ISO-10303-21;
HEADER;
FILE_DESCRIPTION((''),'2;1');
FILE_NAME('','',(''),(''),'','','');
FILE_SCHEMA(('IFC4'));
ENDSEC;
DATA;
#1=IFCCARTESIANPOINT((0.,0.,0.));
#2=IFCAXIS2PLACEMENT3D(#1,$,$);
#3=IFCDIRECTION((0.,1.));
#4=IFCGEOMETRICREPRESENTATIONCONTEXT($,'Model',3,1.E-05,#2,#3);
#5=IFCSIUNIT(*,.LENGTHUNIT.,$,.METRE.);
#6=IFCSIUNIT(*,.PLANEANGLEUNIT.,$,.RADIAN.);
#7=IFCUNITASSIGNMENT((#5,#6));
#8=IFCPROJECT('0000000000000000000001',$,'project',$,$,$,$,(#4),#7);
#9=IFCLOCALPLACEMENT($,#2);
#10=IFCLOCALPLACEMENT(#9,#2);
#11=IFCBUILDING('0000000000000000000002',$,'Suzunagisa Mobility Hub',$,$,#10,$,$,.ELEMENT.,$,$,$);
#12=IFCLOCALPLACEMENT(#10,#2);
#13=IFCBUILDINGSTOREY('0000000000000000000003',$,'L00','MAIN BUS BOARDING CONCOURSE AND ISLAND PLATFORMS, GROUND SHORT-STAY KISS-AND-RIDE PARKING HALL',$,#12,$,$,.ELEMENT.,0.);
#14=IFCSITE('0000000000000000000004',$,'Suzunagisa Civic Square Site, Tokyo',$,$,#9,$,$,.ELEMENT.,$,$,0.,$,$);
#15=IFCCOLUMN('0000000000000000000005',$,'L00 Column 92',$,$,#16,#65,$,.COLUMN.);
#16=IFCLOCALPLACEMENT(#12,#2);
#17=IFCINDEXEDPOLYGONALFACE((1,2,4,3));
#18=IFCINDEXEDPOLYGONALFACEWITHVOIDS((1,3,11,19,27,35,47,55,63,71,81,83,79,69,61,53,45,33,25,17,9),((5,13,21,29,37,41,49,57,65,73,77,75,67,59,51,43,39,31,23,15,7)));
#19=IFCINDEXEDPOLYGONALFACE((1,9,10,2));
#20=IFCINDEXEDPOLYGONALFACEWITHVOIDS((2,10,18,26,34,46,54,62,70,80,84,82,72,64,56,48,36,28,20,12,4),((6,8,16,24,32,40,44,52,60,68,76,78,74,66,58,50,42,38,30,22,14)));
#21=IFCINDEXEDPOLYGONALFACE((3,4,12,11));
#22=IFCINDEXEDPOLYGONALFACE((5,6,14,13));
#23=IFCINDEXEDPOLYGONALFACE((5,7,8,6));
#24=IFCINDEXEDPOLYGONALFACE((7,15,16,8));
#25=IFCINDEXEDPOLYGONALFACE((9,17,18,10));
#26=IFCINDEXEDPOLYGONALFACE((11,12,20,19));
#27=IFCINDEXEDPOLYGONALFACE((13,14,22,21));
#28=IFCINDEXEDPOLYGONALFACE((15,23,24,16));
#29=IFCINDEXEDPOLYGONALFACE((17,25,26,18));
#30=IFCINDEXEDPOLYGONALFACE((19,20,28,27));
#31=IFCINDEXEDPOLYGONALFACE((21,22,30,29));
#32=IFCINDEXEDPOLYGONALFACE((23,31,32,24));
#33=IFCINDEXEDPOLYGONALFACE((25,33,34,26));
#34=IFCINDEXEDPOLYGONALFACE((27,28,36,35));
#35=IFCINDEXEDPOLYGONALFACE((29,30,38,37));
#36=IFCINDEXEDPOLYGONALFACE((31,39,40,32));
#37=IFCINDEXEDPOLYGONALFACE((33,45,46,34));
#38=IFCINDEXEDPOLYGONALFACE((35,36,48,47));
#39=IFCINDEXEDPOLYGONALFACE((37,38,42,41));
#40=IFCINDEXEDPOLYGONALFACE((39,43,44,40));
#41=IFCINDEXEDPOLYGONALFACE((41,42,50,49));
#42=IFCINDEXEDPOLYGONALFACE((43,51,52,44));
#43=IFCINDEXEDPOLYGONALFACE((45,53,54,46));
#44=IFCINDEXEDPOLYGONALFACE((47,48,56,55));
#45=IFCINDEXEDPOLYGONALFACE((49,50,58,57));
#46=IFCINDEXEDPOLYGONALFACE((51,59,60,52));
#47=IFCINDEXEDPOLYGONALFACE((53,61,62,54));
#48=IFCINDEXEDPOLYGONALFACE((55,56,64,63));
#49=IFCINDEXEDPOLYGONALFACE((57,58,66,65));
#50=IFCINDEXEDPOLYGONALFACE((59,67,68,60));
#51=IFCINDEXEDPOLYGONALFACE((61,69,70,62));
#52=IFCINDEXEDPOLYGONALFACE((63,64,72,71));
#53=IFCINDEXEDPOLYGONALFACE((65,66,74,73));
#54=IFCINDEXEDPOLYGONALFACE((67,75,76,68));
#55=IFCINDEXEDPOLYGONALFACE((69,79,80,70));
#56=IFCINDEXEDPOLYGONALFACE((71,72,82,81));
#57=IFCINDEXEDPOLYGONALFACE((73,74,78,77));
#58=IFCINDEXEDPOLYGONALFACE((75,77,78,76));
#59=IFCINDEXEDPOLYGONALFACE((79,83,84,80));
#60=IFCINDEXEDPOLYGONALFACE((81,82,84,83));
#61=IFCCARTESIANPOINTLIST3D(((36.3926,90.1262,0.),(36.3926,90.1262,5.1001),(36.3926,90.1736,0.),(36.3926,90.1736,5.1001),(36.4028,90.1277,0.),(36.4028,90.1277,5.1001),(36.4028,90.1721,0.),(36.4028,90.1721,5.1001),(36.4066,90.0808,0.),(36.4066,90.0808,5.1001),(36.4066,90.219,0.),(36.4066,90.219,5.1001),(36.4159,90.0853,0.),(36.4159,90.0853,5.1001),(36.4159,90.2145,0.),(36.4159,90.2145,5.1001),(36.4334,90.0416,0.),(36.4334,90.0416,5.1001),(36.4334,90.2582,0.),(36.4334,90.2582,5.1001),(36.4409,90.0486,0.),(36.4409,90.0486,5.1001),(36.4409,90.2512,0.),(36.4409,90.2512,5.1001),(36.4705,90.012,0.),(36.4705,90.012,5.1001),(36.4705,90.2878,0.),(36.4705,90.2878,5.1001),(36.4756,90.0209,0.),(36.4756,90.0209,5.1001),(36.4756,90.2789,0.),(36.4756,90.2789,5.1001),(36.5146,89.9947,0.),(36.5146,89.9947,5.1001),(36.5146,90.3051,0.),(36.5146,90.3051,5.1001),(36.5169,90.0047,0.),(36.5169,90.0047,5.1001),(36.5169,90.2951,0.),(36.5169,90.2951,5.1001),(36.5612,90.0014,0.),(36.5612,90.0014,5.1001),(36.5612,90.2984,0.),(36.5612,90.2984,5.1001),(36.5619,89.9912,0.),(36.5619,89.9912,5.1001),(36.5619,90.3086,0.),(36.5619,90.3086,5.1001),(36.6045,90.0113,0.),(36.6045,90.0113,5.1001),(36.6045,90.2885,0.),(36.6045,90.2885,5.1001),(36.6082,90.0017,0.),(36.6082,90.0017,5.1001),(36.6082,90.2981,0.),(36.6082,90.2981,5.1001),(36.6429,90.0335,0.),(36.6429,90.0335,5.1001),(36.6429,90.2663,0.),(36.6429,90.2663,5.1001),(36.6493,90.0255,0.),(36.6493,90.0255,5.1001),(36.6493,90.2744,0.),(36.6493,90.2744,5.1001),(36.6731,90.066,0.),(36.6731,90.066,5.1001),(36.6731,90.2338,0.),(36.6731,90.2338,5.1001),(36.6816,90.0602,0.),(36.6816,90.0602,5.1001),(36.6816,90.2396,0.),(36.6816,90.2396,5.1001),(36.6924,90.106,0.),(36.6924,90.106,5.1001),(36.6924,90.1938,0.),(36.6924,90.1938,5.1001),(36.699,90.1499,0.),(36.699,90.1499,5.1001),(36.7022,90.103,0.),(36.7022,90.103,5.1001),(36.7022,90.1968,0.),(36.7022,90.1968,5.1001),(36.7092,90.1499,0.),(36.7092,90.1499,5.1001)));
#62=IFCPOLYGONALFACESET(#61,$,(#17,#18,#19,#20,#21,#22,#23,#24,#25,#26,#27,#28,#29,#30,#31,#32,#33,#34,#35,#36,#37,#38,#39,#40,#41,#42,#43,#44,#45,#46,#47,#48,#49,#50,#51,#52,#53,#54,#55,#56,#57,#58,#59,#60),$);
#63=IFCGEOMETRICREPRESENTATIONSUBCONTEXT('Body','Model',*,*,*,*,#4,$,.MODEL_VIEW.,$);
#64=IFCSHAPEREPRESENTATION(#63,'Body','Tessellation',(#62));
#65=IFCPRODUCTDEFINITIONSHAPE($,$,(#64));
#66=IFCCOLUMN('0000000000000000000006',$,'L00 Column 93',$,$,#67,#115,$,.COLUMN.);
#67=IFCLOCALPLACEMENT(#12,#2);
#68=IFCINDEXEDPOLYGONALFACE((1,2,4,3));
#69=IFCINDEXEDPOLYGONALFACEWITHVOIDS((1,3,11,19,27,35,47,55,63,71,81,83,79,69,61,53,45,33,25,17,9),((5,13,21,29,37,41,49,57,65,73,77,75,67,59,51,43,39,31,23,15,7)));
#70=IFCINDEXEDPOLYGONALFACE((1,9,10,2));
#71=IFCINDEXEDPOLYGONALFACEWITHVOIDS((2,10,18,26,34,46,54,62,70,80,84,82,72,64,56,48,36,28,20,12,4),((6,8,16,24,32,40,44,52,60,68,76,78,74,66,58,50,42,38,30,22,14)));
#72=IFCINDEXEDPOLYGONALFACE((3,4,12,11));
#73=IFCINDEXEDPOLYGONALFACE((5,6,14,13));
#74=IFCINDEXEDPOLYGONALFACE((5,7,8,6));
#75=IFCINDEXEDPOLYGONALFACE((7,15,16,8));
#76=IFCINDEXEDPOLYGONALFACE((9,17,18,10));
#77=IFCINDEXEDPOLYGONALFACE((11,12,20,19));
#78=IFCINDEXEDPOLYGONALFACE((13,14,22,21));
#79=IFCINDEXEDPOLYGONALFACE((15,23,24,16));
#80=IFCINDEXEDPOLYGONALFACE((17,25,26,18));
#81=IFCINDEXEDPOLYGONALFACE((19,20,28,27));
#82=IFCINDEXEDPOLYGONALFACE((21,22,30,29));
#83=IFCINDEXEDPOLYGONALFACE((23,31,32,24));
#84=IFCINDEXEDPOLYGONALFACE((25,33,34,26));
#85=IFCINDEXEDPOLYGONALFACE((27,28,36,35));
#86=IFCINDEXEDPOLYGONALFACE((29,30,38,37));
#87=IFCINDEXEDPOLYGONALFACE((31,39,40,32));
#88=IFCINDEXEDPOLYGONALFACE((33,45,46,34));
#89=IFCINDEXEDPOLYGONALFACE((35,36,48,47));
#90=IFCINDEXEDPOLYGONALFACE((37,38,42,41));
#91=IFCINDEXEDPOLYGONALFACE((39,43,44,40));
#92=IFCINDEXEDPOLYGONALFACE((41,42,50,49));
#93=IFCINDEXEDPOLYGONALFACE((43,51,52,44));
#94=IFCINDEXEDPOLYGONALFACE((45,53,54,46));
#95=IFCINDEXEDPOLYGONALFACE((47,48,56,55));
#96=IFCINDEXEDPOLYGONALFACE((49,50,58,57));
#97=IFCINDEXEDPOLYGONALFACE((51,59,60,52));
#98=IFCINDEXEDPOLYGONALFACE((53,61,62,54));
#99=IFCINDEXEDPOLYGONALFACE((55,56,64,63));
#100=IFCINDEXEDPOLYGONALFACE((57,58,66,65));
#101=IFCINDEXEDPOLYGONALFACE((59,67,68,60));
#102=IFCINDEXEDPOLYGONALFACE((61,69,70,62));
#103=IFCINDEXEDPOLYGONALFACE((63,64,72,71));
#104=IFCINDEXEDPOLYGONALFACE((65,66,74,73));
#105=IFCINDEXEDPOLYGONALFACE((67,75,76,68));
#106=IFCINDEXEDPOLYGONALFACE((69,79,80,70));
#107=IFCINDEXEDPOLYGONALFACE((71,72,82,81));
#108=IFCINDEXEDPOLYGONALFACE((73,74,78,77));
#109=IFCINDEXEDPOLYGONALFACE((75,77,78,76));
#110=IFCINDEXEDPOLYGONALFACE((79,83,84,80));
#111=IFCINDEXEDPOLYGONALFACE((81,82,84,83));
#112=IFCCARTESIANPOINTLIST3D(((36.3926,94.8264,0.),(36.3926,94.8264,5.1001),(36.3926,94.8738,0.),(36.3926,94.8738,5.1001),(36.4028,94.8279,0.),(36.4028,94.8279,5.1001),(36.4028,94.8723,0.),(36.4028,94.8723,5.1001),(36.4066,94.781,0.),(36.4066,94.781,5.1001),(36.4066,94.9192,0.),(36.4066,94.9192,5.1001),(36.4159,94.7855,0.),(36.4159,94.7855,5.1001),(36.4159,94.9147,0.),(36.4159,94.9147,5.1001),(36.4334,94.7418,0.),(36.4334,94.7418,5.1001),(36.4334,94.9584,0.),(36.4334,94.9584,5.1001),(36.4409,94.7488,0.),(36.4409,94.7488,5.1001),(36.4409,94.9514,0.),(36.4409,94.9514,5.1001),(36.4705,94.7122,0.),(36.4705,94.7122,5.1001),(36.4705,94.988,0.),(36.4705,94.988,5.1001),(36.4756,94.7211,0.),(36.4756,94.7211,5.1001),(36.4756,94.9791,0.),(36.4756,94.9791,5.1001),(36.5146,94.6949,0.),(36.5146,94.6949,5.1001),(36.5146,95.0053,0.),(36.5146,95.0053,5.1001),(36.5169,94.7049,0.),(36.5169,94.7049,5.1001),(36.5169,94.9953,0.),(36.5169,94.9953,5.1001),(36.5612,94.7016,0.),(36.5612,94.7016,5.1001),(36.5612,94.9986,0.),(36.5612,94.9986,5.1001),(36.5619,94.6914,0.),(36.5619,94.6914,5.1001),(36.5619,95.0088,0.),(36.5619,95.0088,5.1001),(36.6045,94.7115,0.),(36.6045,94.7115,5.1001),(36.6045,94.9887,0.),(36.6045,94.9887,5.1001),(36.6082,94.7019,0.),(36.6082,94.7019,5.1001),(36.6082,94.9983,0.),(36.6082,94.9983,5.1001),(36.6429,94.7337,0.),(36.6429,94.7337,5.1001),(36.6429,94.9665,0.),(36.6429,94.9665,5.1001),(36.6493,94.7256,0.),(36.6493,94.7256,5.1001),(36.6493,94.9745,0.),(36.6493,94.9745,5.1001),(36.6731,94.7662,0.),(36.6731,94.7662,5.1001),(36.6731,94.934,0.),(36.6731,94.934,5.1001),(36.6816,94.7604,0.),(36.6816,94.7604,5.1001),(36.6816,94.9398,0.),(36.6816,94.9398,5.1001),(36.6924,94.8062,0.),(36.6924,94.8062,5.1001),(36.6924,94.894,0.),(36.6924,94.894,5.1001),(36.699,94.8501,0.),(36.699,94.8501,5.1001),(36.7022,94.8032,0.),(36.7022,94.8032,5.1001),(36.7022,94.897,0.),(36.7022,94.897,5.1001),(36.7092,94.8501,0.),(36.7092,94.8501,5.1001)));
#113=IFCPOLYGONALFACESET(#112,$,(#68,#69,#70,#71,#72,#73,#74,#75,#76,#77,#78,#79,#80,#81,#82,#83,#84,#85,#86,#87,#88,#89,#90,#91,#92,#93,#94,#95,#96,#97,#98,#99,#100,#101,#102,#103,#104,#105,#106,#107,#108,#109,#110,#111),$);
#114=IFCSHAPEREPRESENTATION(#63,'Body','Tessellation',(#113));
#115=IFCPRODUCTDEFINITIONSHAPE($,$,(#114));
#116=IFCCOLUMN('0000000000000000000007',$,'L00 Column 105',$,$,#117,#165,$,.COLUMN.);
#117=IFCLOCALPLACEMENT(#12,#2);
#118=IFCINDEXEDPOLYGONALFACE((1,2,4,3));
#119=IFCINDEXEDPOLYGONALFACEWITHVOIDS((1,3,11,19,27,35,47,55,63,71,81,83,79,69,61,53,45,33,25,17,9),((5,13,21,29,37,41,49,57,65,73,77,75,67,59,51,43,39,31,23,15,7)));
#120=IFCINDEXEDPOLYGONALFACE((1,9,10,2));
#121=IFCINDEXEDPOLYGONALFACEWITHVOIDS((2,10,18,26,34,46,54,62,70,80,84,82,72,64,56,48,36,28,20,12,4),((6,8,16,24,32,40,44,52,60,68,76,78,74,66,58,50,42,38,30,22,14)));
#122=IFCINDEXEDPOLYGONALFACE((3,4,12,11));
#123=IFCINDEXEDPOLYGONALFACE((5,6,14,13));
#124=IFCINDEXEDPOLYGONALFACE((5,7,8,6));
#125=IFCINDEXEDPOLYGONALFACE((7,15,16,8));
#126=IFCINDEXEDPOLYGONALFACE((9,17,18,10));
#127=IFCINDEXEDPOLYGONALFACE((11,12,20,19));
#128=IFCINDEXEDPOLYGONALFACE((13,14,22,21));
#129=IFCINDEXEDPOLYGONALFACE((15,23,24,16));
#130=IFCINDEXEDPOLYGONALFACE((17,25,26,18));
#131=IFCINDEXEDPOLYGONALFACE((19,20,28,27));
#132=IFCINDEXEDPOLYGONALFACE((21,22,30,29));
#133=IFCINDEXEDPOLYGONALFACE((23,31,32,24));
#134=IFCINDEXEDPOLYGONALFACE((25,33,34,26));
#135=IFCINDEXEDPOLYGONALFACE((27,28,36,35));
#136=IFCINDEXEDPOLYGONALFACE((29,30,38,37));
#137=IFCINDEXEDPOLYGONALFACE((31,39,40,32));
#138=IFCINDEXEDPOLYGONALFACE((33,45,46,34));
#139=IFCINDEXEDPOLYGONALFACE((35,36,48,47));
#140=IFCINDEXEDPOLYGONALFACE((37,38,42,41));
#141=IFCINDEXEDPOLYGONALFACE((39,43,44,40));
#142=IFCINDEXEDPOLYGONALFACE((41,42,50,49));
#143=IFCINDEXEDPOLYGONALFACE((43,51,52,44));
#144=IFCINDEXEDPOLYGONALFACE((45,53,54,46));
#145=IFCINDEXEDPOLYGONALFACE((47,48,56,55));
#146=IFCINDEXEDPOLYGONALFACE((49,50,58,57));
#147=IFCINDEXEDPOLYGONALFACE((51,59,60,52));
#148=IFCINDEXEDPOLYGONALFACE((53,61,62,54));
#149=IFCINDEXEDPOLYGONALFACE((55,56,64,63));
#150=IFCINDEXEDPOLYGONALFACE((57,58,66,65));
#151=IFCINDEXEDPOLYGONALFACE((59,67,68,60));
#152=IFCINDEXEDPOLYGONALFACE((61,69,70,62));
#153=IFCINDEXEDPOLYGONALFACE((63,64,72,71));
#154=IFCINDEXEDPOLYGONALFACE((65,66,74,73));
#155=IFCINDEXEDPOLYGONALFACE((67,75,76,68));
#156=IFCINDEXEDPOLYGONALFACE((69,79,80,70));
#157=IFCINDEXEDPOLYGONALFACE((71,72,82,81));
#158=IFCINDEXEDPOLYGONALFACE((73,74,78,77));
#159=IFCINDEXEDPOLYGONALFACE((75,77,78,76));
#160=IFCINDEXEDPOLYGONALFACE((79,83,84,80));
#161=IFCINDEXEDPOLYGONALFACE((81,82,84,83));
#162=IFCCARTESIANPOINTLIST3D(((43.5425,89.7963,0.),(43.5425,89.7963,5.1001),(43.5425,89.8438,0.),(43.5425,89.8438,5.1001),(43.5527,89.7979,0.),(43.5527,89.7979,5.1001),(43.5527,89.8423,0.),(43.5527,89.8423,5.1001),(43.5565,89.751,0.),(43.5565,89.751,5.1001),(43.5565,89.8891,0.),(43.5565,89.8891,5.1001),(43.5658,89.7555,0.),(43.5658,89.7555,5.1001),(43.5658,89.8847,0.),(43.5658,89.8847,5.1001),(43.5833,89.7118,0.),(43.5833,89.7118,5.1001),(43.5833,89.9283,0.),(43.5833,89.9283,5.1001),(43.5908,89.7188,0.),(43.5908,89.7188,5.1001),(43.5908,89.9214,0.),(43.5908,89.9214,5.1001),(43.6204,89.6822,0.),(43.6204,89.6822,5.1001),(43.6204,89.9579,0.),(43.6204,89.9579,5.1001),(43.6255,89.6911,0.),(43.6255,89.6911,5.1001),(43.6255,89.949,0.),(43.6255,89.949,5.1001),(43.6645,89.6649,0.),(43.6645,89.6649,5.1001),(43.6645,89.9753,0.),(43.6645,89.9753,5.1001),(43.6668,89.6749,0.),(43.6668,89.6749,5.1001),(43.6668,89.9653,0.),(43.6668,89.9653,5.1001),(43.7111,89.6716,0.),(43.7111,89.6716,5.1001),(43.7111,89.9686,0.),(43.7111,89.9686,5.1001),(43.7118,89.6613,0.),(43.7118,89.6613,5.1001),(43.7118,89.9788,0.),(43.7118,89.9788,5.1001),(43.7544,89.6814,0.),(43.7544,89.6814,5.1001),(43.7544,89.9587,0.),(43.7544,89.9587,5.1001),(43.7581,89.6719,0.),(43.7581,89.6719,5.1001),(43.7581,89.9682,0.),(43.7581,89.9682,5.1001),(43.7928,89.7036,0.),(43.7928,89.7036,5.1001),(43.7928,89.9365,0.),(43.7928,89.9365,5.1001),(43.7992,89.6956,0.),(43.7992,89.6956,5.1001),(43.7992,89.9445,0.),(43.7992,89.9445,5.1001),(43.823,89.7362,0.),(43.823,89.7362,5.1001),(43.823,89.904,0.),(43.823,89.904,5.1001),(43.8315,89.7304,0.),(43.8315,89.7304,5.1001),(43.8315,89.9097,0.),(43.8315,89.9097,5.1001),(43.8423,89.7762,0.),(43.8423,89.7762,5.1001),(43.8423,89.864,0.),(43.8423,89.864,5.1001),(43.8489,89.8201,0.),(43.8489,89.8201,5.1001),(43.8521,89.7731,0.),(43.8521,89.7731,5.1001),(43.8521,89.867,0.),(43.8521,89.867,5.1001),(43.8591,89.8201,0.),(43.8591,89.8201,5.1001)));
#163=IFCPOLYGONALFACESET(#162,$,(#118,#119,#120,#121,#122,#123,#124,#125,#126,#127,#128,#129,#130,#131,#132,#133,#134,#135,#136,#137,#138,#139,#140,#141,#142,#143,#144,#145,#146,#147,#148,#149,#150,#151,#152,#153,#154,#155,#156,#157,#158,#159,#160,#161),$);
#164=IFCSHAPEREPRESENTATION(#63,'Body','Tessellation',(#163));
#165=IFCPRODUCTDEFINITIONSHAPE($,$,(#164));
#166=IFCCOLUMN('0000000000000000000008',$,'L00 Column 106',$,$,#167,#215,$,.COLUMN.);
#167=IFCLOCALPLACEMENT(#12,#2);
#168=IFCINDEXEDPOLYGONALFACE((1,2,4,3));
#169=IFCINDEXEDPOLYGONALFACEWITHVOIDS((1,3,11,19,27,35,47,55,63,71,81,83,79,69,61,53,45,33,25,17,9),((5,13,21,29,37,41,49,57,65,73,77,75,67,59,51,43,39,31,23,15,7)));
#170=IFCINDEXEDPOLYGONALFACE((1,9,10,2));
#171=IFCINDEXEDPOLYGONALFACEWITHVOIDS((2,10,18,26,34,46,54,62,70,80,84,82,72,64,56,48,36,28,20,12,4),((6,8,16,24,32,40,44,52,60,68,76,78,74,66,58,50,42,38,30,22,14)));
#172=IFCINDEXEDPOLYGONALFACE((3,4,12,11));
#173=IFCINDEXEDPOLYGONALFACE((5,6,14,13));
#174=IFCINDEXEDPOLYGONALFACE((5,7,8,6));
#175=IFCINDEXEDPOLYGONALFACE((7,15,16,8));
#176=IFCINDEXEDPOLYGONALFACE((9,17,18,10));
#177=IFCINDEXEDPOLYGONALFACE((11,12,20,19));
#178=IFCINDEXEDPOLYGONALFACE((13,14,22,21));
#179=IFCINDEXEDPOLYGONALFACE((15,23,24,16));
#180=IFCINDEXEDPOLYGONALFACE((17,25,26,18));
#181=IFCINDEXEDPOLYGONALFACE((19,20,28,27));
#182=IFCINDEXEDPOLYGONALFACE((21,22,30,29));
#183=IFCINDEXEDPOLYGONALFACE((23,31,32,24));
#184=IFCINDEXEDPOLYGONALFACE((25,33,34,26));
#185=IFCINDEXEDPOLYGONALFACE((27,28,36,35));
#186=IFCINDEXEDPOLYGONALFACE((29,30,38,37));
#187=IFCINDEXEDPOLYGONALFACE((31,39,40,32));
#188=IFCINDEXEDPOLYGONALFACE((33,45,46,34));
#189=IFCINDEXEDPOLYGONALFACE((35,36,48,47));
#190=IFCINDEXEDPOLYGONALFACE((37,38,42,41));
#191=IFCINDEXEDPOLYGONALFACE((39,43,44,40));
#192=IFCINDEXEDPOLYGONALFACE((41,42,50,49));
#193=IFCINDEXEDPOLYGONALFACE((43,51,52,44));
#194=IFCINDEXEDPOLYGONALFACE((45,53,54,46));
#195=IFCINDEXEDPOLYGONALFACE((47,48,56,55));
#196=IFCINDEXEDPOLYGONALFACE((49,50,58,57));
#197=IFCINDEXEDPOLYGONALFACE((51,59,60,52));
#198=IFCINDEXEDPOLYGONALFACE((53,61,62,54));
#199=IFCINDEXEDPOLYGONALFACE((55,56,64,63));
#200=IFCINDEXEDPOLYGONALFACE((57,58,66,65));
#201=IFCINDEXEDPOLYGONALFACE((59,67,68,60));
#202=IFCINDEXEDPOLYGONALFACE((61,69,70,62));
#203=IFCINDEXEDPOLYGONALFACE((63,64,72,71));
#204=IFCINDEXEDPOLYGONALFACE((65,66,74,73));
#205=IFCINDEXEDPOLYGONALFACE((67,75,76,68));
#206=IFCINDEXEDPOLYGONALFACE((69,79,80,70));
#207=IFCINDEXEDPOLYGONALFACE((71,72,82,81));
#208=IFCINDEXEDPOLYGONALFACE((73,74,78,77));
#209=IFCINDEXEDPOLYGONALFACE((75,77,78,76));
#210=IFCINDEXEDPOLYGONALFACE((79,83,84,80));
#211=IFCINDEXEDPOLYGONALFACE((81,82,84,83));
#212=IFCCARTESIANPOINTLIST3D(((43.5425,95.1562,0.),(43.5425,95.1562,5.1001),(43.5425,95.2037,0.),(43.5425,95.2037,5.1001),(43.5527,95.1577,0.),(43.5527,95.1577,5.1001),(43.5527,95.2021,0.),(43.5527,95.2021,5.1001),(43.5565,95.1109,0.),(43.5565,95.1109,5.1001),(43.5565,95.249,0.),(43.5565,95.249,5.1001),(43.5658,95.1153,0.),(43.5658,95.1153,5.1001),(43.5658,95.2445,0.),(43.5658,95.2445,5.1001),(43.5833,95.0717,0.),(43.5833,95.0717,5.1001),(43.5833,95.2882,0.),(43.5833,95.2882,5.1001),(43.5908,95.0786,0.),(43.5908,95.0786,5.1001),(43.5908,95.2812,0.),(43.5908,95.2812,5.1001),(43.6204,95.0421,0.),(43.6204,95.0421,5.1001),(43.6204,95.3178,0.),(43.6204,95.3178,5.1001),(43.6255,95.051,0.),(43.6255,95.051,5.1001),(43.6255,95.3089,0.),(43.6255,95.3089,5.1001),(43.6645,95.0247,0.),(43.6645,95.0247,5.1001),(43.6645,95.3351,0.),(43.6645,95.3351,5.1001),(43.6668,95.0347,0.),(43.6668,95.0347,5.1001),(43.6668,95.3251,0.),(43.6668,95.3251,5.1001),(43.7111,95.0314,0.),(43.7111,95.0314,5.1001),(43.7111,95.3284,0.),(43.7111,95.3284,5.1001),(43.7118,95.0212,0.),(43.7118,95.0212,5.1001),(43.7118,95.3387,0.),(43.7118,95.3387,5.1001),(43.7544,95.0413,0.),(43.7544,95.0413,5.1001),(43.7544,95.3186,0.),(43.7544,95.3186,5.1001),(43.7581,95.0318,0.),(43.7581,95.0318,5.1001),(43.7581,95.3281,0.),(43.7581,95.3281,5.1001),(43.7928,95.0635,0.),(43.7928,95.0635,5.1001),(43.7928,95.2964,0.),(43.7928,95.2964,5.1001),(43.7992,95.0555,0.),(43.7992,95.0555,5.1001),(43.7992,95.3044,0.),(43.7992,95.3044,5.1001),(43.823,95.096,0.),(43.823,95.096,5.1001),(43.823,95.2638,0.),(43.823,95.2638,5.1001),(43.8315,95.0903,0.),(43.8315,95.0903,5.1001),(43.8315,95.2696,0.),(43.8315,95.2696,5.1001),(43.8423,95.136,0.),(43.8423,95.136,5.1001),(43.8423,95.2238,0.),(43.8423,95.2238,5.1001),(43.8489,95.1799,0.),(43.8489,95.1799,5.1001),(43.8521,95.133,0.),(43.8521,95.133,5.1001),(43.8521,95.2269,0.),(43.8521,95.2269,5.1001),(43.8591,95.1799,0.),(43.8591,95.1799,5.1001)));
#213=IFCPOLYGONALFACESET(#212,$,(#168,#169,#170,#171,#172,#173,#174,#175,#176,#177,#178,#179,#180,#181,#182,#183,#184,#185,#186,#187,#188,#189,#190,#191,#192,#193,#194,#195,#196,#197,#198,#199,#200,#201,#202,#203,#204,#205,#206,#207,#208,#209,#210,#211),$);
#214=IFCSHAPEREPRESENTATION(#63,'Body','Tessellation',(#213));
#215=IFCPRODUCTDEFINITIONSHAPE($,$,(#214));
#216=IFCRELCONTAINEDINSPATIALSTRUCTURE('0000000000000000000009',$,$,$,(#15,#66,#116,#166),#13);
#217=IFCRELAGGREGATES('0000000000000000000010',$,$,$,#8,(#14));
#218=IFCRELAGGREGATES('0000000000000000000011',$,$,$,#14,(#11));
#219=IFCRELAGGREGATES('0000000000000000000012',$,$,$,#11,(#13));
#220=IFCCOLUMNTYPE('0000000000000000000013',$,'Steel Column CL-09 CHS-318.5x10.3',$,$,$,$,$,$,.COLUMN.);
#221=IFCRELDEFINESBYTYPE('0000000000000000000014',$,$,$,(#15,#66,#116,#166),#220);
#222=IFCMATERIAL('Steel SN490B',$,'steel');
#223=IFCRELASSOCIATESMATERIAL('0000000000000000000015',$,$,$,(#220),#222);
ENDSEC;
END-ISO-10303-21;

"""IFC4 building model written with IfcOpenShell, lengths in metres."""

from ifc_helpers import new_model, si_unit, direction, frame, origin, origin_2d, place, context, subcontext, project, spatial, hollow_circle, extrude, material, material_profile, profile_set, type_object, element, save


model = new_model("IFC4")

# Units and contexts
model_context = context("Model", 3, precision=1e-05, world=origin(), true_north=direction((0.0, 1.0)))
body_context = subcontext(model_context, "Body", "Model", "MODEL_VIEW")
ifc_project = project(units=[si_unit("LENGTHUNIT", "METRE"), si_unit("PLANEANGLEUNIT", "RADIAN")], contexts=[model_context])

# Site, building, storey
site_placement = place(None, origin())
site = spatial("IfcSite", under=ifc_project, at=site_placement, Name="Suzunagisa Civic Square Site, Tokyo", CompositionType="ELEMENT", RefElevation=0.0)
building_placement = place(site_placement, origin())
building = spatial("IfcBuilding", under=site, at=building_placement, Name="Suzunagisa Mobility Hub", CompositionType="ELEMENT")
storey_placement = place(building_placement, origin())
storey = spatial("IfcBuildingStorey", under=building, at=storey_placement, Name="L00", Description="MAIN BUS BOARDING CONCOURSE AND ISLAND PLATFORMS, GROUND SHORT-STAY KISS-AND-RIDE PARKING HALL", CompositionType="ELEMENT", Elevation=0.0)

# Columns
ifc_material_1 = material(Name="Steel SN490B", Category="steel")
ifc_material_profile_1 = material_profile(ifc_material_1, hollow_circle(Radius=0.1592, WallThickness=0.0103, at=origin_2d()), Name="CHS-318.5x10.3")
ifc_profile_set_1 = profile_set([ifc_material_profile_1], Name="Steel SN490B")
column_type_1 = type_object("IfcColumnType", Name="Steel Column CL-09 CHS-318.5x10.3", PredefinedType="COLUMN", material=ifc_profile_set_1)
for number, where, z_axis, x_axis, name in (
    (1, (36.55, 90.1499, 0.0), (0.0, 0.0, 1.0), (1.0, 0.0, 0.0), "L00 Column 92"),
    (2, (36.55, 94.8501, 0.0), (0.0, 0.0, 1.0), (1.0, 0.0, 0.0), "L00 Column 93"),
    (3, (43.7, 89.8201, 0.0), (0.0, 0.0, 1.0), (1.0, 0.0, 0.0), "L00 Column 105"),
    (4, (43.7, 95.1799, 0.0), (0.0, 0.0, 1.0), (1.0, 0.0, 0.0), "L00 Column 106"),
):
    element("IfcColumn", number, at=place(storey_placement, frame(where, z_axis=z_axis, x_axis=x_axis)), inside=storey, type_object=column_type_1, Name=name, PredefinedType="COLUMN", context=body_context, shape_type="SweptSolid", body=[
        extrude(hollow_circle(Radius=0.1592, WallThickness=0.0103, at=origin_2d()), origin(), (0.0, 0.0, 1.0), 5.1001),
    ])

save(model, "model.ifc")
